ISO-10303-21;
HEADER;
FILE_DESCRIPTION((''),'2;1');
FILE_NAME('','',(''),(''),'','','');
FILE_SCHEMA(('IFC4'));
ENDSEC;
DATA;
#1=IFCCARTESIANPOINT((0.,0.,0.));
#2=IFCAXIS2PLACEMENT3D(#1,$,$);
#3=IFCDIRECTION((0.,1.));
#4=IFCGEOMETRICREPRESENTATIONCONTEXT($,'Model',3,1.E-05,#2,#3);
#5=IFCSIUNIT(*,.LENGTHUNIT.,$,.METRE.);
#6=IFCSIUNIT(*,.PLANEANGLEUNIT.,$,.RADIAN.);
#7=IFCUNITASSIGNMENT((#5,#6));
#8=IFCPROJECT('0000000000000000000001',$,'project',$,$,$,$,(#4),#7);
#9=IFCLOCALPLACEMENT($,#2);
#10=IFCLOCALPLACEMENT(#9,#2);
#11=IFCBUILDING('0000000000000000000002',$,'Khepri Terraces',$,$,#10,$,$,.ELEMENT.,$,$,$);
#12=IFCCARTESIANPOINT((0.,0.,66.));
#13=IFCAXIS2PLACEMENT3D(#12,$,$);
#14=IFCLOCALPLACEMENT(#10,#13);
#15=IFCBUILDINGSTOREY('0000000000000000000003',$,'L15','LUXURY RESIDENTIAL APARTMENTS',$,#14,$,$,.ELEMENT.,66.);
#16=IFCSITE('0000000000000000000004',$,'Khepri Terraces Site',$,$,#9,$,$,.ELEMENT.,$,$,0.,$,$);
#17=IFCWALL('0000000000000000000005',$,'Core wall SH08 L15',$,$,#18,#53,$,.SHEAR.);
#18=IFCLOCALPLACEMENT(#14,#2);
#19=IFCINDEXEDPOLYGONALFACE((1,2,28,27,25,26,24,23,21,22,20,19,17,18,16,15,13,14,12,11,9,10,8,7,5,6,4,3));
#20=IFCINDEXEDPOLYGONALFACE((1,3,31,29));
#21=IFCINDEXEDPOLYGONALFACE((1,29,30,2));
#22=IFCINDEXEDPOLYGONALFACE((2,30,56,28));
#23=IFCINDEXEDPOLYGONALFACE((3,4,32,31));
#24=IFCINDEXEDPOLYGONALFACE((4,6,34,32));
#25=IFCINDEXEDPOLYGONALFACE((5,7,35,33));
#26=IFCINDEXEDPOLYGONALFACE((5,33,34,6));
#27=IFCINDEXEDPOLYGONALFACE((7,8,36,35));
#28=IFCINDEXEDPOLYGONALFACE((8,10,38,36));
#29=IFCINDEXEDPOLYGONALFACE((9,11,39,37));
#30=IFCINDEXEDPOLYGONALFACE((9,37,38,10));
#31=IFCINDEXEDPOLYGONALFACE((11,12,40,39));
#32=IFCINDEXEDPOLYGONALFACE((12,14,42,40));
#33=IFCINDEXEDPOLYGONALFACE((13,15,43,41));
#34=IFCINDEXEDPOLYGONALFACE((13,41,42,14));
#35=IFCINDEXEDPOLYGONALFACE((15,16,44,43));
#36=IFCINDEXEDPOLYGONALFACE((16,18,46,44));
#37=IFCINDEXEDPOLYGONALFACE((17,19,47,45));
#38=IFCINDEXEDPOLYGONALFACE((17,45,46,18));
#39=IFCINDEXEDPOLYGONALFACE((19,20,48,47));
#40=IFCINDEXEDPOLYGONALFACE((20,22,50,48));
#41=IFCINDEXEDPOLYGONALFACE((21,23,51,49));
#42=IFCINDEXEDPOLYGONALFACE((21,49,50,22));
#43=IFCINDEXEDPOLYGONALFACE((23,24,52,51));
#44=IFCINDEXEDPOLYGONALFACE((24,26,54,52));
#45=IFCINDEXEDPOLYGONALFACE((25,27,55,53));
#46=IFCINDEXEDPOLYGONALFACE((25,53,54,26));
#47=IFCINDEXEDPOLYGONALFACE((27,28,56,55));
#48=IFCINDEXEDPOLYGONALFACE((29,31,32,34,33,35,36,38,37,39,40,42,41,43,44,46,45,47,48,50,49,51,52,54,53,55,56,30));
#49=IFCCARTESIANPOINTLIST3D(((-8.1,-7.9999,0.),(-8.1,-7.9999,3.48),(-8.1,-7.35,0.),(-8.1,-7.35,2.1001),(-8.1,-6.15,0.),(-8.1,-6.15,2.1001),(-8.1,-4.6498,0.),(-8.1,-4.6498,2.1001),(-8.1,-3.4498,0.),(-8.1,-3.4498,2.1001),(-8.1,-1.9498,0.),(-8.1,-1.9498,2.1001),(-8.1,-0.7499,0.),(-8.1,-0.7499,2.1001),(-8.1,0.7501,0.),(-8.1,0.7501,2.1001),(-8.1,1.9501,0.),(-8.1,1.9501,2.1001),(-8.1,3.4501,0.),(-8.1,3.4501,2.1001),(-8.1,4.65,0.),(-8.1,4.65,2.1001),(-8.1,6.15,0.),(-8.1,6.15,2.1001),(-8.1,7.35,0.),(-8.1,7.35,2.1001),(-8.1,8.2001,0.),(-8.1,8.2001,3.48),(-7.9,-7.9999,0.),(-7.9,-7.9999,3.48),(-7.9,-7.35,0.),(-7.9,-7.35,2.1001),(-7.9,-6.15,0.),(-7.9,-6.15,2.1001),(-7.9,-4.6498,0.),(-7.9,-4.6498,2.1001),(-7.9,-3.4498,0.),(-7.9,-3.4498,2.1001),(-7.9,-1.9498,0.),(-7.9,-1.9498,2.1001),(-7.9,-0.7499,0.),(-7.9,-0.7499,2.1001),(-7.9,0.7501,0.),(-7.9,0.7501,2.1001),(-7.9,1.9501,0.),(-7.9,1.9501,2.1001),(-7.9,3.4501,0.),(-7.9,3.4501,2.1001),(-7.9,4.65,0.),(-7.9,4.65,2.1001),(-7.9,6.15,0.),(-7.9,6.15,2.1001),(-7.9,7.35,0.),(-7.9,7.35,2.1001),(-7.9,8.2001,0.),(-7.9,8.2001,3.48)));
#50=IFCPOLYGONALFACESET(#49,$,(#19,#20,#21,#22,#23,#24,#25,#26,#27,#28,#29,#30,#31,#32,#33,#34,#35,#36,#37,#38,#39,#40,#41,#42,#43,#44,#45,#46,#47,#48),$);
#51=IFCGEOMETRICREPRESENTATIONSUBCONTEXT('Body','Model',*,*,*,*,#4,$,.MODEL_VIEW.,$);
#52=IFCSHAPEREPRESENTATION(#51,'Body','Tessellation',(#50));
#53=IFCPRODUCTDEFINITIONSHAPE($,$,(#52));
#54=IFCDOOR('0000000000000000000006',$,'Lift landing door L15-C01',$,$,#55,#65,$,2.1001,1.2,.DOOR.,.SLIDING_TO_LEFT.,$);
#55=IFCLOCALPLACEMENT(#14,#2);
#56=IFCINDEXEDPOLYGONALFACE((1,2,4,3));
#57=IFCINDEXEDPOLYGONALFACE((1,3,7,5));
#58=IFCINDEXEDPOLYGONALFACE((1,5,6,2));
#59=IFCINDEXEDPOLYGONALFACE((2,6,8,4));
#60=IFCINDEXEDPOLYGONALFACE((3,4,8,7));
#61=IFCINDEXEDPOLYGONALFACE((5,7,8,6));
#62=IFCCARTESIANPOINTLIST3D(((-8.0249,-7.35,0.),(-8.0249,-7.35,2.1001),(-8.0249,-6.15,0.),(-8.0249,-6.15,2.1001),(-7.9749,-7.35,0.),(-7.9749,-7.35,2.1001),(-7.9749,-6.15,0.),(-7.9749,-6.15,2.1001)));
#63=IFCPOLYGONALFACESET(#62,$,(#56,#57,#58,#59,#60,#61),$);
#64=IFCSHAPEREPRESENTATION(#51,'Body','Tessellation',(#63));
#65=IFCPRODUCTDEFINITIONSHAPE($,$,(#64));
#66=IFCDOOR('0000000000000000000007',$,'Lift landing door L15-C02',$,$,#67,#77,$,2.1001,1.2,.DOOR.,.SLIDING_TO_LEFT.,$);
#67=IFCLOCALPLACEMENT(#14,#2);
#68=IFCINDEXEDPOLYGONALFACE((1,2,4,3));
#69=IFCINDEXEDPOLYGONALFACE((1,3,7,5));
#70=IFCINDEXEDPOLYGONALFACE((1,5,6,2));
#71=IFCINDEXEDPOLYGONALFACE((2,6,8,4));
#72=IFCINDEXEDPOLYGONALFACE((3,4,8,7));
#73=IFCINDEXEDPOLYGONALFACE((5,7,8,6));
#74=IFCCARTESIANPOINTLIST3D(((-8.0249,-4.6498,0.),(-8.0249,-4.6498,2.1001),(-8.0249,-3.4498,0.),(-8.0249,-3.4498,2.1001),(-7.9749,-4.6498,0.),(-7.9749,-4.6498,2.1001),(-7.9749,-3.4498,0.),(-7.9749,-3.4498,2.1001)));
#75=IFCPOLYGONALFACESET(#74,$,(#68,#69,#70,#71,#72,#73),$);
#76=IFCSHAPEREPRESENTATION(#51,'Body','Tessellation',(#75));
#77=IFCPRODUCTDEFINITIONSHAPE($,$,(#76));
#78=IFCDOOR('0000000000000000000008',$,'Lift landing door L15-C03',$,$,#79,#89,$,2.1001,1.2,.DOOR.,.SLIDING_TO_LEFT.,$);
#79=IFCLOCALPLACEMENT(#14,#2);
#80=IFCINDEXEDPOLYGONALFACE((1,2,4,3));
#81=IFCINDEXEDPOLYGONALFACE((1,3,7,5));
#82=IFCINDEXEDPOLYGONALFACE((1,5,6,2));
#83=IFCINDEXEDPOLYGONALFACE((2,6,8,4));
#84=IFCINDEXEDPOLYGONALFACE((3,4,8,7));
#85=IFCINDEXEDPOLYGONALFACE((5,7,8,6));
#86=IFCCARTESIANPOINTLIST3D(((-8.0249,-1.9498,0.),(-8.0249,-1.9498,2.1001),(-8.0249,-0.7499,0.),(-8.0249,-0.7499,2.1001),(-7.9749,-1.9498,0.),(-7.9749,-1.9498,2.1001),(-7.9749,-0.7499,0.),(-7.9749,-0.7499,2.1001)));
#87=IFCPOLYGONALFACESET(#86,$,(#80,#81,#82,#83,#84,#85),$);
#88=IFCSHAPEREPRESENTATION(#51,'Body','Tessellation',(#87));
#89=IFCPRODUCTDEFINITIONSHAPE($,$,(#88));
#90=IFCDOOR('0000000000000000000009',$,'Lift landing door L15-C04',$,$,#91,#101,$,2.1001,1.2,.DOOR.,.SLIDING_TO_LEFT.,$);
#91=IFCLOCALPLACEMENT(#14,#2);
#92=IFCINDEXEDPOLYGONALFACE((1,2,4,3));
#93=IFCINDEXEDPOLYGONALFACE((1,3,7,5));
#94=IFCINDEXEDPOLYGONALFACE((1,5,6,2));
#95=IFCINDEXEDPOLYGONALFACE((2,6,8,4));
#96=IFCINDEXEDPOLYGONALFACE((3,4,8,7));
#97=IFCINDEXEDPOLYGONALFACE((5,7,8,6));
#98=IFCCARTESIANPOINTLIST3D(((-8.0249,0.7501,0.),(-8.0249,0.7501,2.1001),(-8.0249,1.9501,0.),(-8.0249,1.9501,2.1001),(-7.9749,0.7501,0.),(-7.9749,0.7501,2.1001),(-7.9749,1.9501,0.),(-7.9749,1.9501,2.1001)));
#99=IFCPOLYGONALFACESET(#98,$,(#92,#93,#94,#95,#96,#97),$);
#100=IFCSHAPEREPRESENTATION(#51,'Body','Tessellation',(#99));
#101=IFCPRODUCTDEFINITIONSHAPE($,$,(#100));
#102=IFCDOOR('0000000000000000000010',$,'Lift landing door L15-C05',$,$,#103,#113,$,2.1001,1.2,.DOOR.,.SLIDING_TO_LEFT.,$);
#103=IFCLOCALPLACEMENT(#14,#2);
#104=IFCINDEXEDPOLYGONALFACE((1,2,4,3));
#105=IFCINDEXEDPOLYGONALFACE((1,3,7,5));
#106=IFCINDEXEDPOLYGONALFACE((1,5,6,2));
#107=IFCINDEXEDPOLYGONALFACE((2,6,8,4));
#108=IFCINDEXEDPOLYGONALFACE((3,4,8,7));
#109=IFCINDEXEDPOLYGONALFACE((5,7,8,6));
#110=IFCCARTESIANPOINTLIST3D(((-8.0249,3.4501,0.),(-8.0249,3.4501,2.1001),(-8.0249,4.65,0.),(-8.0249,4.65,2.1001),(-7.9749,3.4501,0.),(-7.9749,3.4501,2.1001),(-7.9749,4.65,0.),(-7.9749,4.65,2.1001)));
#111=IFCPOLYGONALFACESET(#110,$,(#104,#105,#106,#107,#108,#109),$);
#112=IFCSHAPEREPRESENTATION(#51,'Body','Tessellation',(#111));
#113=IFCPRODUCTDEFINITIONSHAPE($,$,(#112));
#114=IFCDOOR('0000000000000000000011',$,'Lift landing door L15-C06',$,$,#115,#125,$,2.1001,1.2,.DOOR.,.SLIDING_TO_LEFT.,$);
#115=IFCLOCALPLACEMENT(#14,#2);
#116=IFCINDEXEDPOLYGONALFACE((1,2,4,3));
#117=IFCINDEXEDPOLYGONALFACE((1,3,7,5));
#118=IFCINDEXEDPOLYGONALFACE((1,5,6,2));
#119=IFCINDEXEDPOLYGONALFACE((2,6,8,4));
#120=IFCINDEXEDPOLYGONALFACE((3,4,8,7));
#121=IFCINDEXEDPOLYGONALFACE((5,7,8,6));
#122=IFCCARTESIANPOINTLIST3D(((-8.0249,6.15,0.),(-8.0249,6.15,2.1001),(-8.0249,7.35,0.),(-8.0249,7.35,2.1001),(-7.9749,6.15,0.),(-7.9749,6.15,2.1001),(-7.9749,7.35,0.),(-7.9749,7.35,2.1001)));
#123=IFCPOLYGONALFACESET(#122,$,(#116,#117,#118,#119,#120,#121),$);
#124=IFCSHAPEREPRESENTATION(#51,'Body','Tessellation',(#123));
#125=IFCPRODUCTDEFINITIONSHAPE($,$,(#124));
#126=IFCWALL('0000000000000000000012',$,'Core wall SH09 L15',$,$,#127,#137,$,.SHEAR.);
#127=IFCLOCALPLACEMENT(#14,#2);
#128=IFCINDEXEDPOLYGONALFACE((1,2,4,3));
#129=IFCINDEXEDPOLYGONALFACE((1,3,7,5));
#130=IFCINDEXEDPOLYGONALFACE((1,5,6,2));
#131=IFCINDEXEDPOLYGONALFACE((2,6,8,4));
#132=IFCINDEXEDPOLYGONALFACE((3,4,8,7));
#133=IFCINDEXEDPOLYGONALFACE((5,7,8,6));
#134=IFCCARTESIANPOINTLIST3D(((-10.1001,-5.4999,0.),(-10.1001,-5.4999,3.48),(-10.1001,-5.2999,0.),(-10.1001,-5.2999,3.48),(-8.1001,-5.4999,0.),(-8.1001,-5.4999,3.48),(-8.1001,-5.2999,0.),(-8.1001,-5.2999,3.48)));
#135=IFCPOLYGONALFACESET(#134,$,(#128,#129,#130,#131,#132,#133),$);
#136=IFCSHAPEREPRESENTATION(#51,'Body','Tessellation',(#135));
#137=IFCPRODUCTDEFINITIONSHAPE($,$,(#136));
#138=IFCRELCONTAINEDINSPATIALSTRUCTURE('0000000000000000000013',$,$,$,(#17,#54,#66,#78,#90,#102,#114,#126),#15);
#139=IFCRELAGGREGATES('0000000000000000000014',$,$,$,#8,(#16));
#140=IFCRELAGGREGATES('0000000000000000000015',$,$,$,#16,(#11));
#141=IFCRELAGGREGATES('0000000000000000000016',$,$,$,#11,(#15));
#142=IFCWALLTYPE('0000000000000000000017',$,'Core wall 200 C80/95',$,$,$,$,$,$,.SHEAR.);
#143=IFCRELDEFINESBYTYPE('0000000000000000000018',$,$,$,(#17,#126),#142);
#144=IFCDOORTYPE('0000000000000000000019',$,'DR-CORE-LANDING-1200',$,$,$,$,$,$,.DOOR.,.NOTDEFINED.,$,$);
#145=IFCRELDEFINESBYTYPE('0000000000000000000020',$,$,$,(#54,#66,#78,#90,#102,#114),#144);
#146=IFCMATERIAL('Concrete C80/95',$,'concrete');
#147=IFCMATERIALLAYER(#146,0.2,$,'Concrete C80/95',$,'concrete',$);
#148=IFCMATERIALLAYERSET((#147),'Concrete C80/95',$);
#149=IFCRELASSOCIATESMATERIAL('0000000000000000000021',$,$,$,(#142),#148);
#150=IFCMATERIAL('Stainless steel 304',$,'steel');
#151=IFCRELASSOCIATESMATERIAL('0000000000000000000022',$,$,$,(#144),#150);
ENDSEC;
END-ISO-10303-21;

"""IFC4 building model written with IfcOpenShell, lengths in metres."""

from ifc_helpers import new_model, si_unit, direction, frame, frame_2d, origin, place, context, subcontext, project, spatial, rectangle, extrude, material, layer, layer_set, type_object, element, fill, save


model = new_model("IFC4")

# Units and contexts
model_context = context("Model", 3, precision=1e-05, world=origin(), true_north=direction((0.0, 1.0)))
body_context = subcontext(model_context, "Body", "Model", "MODEL_VIEW")
ifc_project = project(units=[si_unit("LENGTHUNIT", "METRE"), si_unit("PLANEANGLEUNIT", "RADIAN")], contexts=[model_context])

# Site, building, storey
site_placement = place(None, origin())
site = spatial("IfcSite", under=ifc_project, at=site_placement, Name="Khepri Terraces Site", CompositionType="ELEMENT", RefElevation=0.0)
building_placement = place(site_placement, origin())
building = spatial("IfcBuilding", under=site, at=building_placement, Name="Khepri Terraces", CompositionType="ELEMENT")
storey_placement = place(building_placement, frame((0.0, 0.0, 66.0)))
storey = spatial("IfcBuildingStorey", under=building, at=storey_placement, Name="L15", Description="LUXURY RESIDENTIAL APARTMENTS", CompositionType="ELEMENT", Elevation=66.0)

# Shared definitions
ifc_material_1 = material(Name="Concrete C80/95", Category="concrete")
ifc_layer_1 = layer(ifc_material_1, 0.2, Name="Concrete C80/95", Category="concrete")
ifc_layer_set_1 = layer_set([ifc_layer_1], Name="Concrete C80/95")
wall_type_1 = type_object("IfcWallType", Name="Core wall 200 C80/95", PredefinedType="SHEAR", material=ifc_layer_set_1)

# Wall, openings, doors
wall_1_placement = place(storey_placement, frame((-8.0, -8.0, 0.0), z_axis=(0.0, 0.0, 1.0), x_axis=(0.0, 1.0, 0.0)))
wall_1 = element("IfcWall", 1, at=wall_1_placement, inside=storey, type_object=wall_type_1, Name="Core wall SH08 L15", PredefinedType="SHEAR", context=body_context, shape_type="SweptSolid", body=[
    extrude(rectangle(XDim=16.2, YDim=0.2, at=frame_2d((8.1001, 0.0))), origin(), (0.0, 0.0, 1.0), 3.48),
])
opening_1_placement = place(wall_1_placement, frame((0.6499, 0.0, 0.0)))
opening_1 = element("IfcOpeningElement", 2, at=opening_1_placement, cuts=wall_1, PredefinedType="OPENING", context=body_context, shape_type="SweptSolid", body=[
    extrude(rectangle(XDim=1.2, YDim=2.1001, at=frame_2d((0.6001, 1.05))), frame((0.0, 0.1099, 0.0), z_axis=(0.0, -1.0, 0.0), x_axis=(1.0, 0.0, 0.0)), (0.0, 0.0, 1.0), 0.22),
])
opening_2_placement = place(wall_1_placement, frame((3.3501, 0.0, 0.0)))
opening_2 = element("IfcOpeningElement", 3, at=opening_2_placement, cuts=wall_1, PredefinedType="OPENING", context=body_context, shape_type="SweptSolid", body=[
    extrude(rectangle(XDim=1.2, YDim=2.1001, at=frame_2d((0.6001, 1.05))), frame((0.0, 0.1099, 0.0), z_axis=(0.0, -1.0, 0.0), x_axis=(1.0, 0.0, 0.0)), (0.0, 0.0, 1.0), 0.22),
])
opening_3_placement = place(wall_1_placement, frame((6.05, 0.0, 0.0)))
opening_3 = element("IfcOpeningElement", 4, at=opening_3_placement, cuts=wall_1, PredefinedType="OPENING", context=body_context, shape_type="SweptSolid", body=[
    extrude(rectangle(XDim=1.2, YDim=2.1001, at=frame_2d((0.6001, 1.05))), frame((0.0, 0.1099, 0.0), z_axis=(0.0, -1.0, 0.0), x_axis=(1.0, 0.0, 0.0)), (0.0, 0.0, 1.0), 0.22),
])
opening_4_placement = place(wall_1_placement, frame((8.75, 0.0, 0.0)))
opening_4 = element("IfcOpeningElement", 5, at=opening_4_placement, cuts=wall_1, PredefinedType="OPENING", context=body_context, shape_type="SweptSolid", body=[
    extrude(rectangle(XDim=1.2, YDim=2.1001, at=frame_2d((0.6001, 1.05))), frame((0.0, 0.1099, 0.0), z_axis=(0.0, -1.0, 0.0), x_axis=(1.0, 0.0, 0.0)), (0.0, 0.0, 1.0), 0.22),
])
opening_5_placement = place(wall_1_placement, frame((11.45, 0.0, 0.0)))
opening_5 = element("IfcOpeningElement", 6, at=opening_5_placement, cuts=wall_1, PredefinedType="OPENING", context=body_context, shape_type="SweptSolid", body=[
    extrude(rectangle(XDim=1.2, YDim=2.1001, at=frame_2d((0.6001, 1.05))), frame((0.0, 0.1099, 0.0), z_axis=(0.0, -1.0, 0.0), x_axis=(1.0, 0.0, 0.0)), (0.0, 0.0, 1.0), 0.22),
])
opening_6_placement = place(wall_1_placement, frame((14.1499, 0.0, 0.0)))
opening_6 = element("IfcOpeningElement", 7, at=opening_6_placement, cuts=wall_1, PredefinedType="OPENING", context=body_context, shape_type="SweptSolid", body=[
    extrude(rectangle(XDim=1.2, YDim=2.1001, at=frame_2d((0.6001, 1.05))), frame((0.0, 0.1099, 0.0), z_axis=(0.0, -1.0, 0.0), x_axis=(1.0, 0.0, 0.0)), (0.0, 0.0, 1.0), 0.22),
])
ifc_material_2 = material(Name="Stainless steel 304", Category="steel")
door_type_1 = type_object("IfcDoorType", Name="DR-CORE-LANDING-1200", OperationType="NOTDEFINED", PredefinedType="DOOR", material=ifc_material_2)
door_1_placement = place(opening_1_placement, origin())
door_1 = element("IfcDoor", 8, at=door_1_placement, inside=storey, type_object=door_type_1, Name="Lift landing door L15-C01", OperationType="SLIDING_TO_LEFT", OverallHeight=2.1001, OverallWidth=1.2, PredefinedType="DOOR", context=body_context, shape_type="SweptSolid", body=[
    extrude(rectangle(XDim=1.2, YDim=2.1001, at=frame_2d((0.6001, 1.05))), frame((0.0, 0.0249, 0.0), z_axis=(0.0, -1.0, 0.0), x_axis=(1.0, 0.0, 0.0)), (0.0, 0.0, 1.0), 0.05),
])
fill(opening_1, door_1)
door_2_placement = place(opening_2_placement, origin())
door_2 = element("IfcDoor", 9, at=door_2_placement, inside=storey, type_object=door_type_1, Name="Lift landing door L15-C02", OperationType="SLIDING_TO_LEFT", OverallHeight=2.1001, OverallWidth=1.2, PredefinedType="DOOR", context=body_context, shape_type="SweptSolid", body=[
    extrude(rectangle(XDim=1.2, YDim=2.1001, at=frame_2d((0.6001, 1.05))), frame((0.0, 0.0249, 0.0), z_axis=(0.0, -1.0, 0.0), x_axis=(1.0, 0.0, 0.0)), (0.0, 0.0, 1.0), 0.05),
])
fill(opening_2, door_2)
door_3_placement = place(opening_3_placement, origin())
door_3 = element("IfcDoor", 10, at=door_3_placement, inside=storey, type_object=door_type_1, Name="Lift landing door L15-C03", OperationType="SLIDING_TO_LEFT", OverallHeight=2.1001, OverallWidth=1.2, PredefinedType="DOOR", context=body_context, shape_type="SweptSolid", body=[
    extrude(rectangle(XDim=1.2, YDim=2.1001, at=frame_2d((0.6001, 1.05))), frame((0.0, 0.0249, 0.0), z_axis=(0.0, -1.0, 0.0), x_axis=(1.0, 0.0, 0.0)), (0.0, 0.0, 1.0), 0.05),
])
fill(opening_3, door_3)
door_4_placement = place(opening_4_placement, origin())
door_4 = element("IfcDoor", 11, at=door_4_placement, inside=storey, type_object=door_type_1, Name="Lift landing door L15-C04", OperationType="SLIDING_TO_LEFT", OverallHeight=2.1001, OverallWidth=1.2, PredefinedType="DOOR", context=body_context, shape_type="SweptSolid", body=[
    extrude(rectangle(XDim=1.2, YDim=2.1001, at=frame_2d((0.6001, 1.05))), frame((0.0, 0.0249, 0.0), z_axis=(0.0, -1.0, 0.0), x_axis=(1.0, 0.0, 0.0)), (0.0, 0.0, 1.0), 0.05),
])
fill(opening_4, door_4)
door_5_placement = place(opening_5_placement, origin())
door_5 = element("IfcDoor", 12, at=door_5_placement, inside=storey, type_object=door_type_1, Name="Lift landing door L15-C05", OperationType="SLIDING_TO_LEFT", OverallHeight=2.1001, OverallWidth=1.2, PredefinedType="DOOR", context=body_context, shape_type="SweptSolid", body=[
    extrude(rectangle(XDim=1.2, YDim=2.1001, at=frame_2d((0.6001, 1.05))), frame((0.0, 0.0249, 0.0), z_axis=(0.0, -1.0, 0.0), x_axis=(1.0, 0.0, 0.0)), (0.0, 0.0, 1.0), 0.05),
])
fill(opening_5, door_5)
door_6_placement = place(opening_6_placement, origin())
door_6 = element("IfcDoor", 13, at=door_6_placement, inside=storey, type_object=door_type_1, Name="Lift landing door L15-C06", OperationType="SLIDING_TO_LEFT", OverallHeight=2.1001, OverallWidth=1.2, PredefinedType="DOOR", context=body_context, shape_type="SweptSolid", body=[
    extrude(rectangle(XDim=1.2, YDim=2.1001, at=frame_2d((0.6001, 1.05))), frame((0.0, 0.0249, 0.0), z_axis=(0.0, -1.0, 0.0), x_axis=(1.0, 0.0, 0.0)), (0.0, 0.0, 1.0), 0.05),
])
fill(opening_6, door_6)

# Wall
wall_2_placement = place(storey_placement, frame((-10.1001, -5.3999, 0.0), z_axis=(0.0, 0.0, 1.0), x_axis=(1.0, 0.0, 0.0)))
element("IfcWall", 14, at=wall_2_placement, inside=storey, type_object=wall_type_1, Name="Core wall SH09 L15", PredefinedType="SHEAR", context=body_context, shape_type="SweptSolid", body=[
    extrude(rectangle(XDim=2.0, YDim=0.2, at=frame_2d((1.0, 0.0))), origin(), (0.0, 0.0, 1.0), 3.48),
])

save(model, "model.ifc")
